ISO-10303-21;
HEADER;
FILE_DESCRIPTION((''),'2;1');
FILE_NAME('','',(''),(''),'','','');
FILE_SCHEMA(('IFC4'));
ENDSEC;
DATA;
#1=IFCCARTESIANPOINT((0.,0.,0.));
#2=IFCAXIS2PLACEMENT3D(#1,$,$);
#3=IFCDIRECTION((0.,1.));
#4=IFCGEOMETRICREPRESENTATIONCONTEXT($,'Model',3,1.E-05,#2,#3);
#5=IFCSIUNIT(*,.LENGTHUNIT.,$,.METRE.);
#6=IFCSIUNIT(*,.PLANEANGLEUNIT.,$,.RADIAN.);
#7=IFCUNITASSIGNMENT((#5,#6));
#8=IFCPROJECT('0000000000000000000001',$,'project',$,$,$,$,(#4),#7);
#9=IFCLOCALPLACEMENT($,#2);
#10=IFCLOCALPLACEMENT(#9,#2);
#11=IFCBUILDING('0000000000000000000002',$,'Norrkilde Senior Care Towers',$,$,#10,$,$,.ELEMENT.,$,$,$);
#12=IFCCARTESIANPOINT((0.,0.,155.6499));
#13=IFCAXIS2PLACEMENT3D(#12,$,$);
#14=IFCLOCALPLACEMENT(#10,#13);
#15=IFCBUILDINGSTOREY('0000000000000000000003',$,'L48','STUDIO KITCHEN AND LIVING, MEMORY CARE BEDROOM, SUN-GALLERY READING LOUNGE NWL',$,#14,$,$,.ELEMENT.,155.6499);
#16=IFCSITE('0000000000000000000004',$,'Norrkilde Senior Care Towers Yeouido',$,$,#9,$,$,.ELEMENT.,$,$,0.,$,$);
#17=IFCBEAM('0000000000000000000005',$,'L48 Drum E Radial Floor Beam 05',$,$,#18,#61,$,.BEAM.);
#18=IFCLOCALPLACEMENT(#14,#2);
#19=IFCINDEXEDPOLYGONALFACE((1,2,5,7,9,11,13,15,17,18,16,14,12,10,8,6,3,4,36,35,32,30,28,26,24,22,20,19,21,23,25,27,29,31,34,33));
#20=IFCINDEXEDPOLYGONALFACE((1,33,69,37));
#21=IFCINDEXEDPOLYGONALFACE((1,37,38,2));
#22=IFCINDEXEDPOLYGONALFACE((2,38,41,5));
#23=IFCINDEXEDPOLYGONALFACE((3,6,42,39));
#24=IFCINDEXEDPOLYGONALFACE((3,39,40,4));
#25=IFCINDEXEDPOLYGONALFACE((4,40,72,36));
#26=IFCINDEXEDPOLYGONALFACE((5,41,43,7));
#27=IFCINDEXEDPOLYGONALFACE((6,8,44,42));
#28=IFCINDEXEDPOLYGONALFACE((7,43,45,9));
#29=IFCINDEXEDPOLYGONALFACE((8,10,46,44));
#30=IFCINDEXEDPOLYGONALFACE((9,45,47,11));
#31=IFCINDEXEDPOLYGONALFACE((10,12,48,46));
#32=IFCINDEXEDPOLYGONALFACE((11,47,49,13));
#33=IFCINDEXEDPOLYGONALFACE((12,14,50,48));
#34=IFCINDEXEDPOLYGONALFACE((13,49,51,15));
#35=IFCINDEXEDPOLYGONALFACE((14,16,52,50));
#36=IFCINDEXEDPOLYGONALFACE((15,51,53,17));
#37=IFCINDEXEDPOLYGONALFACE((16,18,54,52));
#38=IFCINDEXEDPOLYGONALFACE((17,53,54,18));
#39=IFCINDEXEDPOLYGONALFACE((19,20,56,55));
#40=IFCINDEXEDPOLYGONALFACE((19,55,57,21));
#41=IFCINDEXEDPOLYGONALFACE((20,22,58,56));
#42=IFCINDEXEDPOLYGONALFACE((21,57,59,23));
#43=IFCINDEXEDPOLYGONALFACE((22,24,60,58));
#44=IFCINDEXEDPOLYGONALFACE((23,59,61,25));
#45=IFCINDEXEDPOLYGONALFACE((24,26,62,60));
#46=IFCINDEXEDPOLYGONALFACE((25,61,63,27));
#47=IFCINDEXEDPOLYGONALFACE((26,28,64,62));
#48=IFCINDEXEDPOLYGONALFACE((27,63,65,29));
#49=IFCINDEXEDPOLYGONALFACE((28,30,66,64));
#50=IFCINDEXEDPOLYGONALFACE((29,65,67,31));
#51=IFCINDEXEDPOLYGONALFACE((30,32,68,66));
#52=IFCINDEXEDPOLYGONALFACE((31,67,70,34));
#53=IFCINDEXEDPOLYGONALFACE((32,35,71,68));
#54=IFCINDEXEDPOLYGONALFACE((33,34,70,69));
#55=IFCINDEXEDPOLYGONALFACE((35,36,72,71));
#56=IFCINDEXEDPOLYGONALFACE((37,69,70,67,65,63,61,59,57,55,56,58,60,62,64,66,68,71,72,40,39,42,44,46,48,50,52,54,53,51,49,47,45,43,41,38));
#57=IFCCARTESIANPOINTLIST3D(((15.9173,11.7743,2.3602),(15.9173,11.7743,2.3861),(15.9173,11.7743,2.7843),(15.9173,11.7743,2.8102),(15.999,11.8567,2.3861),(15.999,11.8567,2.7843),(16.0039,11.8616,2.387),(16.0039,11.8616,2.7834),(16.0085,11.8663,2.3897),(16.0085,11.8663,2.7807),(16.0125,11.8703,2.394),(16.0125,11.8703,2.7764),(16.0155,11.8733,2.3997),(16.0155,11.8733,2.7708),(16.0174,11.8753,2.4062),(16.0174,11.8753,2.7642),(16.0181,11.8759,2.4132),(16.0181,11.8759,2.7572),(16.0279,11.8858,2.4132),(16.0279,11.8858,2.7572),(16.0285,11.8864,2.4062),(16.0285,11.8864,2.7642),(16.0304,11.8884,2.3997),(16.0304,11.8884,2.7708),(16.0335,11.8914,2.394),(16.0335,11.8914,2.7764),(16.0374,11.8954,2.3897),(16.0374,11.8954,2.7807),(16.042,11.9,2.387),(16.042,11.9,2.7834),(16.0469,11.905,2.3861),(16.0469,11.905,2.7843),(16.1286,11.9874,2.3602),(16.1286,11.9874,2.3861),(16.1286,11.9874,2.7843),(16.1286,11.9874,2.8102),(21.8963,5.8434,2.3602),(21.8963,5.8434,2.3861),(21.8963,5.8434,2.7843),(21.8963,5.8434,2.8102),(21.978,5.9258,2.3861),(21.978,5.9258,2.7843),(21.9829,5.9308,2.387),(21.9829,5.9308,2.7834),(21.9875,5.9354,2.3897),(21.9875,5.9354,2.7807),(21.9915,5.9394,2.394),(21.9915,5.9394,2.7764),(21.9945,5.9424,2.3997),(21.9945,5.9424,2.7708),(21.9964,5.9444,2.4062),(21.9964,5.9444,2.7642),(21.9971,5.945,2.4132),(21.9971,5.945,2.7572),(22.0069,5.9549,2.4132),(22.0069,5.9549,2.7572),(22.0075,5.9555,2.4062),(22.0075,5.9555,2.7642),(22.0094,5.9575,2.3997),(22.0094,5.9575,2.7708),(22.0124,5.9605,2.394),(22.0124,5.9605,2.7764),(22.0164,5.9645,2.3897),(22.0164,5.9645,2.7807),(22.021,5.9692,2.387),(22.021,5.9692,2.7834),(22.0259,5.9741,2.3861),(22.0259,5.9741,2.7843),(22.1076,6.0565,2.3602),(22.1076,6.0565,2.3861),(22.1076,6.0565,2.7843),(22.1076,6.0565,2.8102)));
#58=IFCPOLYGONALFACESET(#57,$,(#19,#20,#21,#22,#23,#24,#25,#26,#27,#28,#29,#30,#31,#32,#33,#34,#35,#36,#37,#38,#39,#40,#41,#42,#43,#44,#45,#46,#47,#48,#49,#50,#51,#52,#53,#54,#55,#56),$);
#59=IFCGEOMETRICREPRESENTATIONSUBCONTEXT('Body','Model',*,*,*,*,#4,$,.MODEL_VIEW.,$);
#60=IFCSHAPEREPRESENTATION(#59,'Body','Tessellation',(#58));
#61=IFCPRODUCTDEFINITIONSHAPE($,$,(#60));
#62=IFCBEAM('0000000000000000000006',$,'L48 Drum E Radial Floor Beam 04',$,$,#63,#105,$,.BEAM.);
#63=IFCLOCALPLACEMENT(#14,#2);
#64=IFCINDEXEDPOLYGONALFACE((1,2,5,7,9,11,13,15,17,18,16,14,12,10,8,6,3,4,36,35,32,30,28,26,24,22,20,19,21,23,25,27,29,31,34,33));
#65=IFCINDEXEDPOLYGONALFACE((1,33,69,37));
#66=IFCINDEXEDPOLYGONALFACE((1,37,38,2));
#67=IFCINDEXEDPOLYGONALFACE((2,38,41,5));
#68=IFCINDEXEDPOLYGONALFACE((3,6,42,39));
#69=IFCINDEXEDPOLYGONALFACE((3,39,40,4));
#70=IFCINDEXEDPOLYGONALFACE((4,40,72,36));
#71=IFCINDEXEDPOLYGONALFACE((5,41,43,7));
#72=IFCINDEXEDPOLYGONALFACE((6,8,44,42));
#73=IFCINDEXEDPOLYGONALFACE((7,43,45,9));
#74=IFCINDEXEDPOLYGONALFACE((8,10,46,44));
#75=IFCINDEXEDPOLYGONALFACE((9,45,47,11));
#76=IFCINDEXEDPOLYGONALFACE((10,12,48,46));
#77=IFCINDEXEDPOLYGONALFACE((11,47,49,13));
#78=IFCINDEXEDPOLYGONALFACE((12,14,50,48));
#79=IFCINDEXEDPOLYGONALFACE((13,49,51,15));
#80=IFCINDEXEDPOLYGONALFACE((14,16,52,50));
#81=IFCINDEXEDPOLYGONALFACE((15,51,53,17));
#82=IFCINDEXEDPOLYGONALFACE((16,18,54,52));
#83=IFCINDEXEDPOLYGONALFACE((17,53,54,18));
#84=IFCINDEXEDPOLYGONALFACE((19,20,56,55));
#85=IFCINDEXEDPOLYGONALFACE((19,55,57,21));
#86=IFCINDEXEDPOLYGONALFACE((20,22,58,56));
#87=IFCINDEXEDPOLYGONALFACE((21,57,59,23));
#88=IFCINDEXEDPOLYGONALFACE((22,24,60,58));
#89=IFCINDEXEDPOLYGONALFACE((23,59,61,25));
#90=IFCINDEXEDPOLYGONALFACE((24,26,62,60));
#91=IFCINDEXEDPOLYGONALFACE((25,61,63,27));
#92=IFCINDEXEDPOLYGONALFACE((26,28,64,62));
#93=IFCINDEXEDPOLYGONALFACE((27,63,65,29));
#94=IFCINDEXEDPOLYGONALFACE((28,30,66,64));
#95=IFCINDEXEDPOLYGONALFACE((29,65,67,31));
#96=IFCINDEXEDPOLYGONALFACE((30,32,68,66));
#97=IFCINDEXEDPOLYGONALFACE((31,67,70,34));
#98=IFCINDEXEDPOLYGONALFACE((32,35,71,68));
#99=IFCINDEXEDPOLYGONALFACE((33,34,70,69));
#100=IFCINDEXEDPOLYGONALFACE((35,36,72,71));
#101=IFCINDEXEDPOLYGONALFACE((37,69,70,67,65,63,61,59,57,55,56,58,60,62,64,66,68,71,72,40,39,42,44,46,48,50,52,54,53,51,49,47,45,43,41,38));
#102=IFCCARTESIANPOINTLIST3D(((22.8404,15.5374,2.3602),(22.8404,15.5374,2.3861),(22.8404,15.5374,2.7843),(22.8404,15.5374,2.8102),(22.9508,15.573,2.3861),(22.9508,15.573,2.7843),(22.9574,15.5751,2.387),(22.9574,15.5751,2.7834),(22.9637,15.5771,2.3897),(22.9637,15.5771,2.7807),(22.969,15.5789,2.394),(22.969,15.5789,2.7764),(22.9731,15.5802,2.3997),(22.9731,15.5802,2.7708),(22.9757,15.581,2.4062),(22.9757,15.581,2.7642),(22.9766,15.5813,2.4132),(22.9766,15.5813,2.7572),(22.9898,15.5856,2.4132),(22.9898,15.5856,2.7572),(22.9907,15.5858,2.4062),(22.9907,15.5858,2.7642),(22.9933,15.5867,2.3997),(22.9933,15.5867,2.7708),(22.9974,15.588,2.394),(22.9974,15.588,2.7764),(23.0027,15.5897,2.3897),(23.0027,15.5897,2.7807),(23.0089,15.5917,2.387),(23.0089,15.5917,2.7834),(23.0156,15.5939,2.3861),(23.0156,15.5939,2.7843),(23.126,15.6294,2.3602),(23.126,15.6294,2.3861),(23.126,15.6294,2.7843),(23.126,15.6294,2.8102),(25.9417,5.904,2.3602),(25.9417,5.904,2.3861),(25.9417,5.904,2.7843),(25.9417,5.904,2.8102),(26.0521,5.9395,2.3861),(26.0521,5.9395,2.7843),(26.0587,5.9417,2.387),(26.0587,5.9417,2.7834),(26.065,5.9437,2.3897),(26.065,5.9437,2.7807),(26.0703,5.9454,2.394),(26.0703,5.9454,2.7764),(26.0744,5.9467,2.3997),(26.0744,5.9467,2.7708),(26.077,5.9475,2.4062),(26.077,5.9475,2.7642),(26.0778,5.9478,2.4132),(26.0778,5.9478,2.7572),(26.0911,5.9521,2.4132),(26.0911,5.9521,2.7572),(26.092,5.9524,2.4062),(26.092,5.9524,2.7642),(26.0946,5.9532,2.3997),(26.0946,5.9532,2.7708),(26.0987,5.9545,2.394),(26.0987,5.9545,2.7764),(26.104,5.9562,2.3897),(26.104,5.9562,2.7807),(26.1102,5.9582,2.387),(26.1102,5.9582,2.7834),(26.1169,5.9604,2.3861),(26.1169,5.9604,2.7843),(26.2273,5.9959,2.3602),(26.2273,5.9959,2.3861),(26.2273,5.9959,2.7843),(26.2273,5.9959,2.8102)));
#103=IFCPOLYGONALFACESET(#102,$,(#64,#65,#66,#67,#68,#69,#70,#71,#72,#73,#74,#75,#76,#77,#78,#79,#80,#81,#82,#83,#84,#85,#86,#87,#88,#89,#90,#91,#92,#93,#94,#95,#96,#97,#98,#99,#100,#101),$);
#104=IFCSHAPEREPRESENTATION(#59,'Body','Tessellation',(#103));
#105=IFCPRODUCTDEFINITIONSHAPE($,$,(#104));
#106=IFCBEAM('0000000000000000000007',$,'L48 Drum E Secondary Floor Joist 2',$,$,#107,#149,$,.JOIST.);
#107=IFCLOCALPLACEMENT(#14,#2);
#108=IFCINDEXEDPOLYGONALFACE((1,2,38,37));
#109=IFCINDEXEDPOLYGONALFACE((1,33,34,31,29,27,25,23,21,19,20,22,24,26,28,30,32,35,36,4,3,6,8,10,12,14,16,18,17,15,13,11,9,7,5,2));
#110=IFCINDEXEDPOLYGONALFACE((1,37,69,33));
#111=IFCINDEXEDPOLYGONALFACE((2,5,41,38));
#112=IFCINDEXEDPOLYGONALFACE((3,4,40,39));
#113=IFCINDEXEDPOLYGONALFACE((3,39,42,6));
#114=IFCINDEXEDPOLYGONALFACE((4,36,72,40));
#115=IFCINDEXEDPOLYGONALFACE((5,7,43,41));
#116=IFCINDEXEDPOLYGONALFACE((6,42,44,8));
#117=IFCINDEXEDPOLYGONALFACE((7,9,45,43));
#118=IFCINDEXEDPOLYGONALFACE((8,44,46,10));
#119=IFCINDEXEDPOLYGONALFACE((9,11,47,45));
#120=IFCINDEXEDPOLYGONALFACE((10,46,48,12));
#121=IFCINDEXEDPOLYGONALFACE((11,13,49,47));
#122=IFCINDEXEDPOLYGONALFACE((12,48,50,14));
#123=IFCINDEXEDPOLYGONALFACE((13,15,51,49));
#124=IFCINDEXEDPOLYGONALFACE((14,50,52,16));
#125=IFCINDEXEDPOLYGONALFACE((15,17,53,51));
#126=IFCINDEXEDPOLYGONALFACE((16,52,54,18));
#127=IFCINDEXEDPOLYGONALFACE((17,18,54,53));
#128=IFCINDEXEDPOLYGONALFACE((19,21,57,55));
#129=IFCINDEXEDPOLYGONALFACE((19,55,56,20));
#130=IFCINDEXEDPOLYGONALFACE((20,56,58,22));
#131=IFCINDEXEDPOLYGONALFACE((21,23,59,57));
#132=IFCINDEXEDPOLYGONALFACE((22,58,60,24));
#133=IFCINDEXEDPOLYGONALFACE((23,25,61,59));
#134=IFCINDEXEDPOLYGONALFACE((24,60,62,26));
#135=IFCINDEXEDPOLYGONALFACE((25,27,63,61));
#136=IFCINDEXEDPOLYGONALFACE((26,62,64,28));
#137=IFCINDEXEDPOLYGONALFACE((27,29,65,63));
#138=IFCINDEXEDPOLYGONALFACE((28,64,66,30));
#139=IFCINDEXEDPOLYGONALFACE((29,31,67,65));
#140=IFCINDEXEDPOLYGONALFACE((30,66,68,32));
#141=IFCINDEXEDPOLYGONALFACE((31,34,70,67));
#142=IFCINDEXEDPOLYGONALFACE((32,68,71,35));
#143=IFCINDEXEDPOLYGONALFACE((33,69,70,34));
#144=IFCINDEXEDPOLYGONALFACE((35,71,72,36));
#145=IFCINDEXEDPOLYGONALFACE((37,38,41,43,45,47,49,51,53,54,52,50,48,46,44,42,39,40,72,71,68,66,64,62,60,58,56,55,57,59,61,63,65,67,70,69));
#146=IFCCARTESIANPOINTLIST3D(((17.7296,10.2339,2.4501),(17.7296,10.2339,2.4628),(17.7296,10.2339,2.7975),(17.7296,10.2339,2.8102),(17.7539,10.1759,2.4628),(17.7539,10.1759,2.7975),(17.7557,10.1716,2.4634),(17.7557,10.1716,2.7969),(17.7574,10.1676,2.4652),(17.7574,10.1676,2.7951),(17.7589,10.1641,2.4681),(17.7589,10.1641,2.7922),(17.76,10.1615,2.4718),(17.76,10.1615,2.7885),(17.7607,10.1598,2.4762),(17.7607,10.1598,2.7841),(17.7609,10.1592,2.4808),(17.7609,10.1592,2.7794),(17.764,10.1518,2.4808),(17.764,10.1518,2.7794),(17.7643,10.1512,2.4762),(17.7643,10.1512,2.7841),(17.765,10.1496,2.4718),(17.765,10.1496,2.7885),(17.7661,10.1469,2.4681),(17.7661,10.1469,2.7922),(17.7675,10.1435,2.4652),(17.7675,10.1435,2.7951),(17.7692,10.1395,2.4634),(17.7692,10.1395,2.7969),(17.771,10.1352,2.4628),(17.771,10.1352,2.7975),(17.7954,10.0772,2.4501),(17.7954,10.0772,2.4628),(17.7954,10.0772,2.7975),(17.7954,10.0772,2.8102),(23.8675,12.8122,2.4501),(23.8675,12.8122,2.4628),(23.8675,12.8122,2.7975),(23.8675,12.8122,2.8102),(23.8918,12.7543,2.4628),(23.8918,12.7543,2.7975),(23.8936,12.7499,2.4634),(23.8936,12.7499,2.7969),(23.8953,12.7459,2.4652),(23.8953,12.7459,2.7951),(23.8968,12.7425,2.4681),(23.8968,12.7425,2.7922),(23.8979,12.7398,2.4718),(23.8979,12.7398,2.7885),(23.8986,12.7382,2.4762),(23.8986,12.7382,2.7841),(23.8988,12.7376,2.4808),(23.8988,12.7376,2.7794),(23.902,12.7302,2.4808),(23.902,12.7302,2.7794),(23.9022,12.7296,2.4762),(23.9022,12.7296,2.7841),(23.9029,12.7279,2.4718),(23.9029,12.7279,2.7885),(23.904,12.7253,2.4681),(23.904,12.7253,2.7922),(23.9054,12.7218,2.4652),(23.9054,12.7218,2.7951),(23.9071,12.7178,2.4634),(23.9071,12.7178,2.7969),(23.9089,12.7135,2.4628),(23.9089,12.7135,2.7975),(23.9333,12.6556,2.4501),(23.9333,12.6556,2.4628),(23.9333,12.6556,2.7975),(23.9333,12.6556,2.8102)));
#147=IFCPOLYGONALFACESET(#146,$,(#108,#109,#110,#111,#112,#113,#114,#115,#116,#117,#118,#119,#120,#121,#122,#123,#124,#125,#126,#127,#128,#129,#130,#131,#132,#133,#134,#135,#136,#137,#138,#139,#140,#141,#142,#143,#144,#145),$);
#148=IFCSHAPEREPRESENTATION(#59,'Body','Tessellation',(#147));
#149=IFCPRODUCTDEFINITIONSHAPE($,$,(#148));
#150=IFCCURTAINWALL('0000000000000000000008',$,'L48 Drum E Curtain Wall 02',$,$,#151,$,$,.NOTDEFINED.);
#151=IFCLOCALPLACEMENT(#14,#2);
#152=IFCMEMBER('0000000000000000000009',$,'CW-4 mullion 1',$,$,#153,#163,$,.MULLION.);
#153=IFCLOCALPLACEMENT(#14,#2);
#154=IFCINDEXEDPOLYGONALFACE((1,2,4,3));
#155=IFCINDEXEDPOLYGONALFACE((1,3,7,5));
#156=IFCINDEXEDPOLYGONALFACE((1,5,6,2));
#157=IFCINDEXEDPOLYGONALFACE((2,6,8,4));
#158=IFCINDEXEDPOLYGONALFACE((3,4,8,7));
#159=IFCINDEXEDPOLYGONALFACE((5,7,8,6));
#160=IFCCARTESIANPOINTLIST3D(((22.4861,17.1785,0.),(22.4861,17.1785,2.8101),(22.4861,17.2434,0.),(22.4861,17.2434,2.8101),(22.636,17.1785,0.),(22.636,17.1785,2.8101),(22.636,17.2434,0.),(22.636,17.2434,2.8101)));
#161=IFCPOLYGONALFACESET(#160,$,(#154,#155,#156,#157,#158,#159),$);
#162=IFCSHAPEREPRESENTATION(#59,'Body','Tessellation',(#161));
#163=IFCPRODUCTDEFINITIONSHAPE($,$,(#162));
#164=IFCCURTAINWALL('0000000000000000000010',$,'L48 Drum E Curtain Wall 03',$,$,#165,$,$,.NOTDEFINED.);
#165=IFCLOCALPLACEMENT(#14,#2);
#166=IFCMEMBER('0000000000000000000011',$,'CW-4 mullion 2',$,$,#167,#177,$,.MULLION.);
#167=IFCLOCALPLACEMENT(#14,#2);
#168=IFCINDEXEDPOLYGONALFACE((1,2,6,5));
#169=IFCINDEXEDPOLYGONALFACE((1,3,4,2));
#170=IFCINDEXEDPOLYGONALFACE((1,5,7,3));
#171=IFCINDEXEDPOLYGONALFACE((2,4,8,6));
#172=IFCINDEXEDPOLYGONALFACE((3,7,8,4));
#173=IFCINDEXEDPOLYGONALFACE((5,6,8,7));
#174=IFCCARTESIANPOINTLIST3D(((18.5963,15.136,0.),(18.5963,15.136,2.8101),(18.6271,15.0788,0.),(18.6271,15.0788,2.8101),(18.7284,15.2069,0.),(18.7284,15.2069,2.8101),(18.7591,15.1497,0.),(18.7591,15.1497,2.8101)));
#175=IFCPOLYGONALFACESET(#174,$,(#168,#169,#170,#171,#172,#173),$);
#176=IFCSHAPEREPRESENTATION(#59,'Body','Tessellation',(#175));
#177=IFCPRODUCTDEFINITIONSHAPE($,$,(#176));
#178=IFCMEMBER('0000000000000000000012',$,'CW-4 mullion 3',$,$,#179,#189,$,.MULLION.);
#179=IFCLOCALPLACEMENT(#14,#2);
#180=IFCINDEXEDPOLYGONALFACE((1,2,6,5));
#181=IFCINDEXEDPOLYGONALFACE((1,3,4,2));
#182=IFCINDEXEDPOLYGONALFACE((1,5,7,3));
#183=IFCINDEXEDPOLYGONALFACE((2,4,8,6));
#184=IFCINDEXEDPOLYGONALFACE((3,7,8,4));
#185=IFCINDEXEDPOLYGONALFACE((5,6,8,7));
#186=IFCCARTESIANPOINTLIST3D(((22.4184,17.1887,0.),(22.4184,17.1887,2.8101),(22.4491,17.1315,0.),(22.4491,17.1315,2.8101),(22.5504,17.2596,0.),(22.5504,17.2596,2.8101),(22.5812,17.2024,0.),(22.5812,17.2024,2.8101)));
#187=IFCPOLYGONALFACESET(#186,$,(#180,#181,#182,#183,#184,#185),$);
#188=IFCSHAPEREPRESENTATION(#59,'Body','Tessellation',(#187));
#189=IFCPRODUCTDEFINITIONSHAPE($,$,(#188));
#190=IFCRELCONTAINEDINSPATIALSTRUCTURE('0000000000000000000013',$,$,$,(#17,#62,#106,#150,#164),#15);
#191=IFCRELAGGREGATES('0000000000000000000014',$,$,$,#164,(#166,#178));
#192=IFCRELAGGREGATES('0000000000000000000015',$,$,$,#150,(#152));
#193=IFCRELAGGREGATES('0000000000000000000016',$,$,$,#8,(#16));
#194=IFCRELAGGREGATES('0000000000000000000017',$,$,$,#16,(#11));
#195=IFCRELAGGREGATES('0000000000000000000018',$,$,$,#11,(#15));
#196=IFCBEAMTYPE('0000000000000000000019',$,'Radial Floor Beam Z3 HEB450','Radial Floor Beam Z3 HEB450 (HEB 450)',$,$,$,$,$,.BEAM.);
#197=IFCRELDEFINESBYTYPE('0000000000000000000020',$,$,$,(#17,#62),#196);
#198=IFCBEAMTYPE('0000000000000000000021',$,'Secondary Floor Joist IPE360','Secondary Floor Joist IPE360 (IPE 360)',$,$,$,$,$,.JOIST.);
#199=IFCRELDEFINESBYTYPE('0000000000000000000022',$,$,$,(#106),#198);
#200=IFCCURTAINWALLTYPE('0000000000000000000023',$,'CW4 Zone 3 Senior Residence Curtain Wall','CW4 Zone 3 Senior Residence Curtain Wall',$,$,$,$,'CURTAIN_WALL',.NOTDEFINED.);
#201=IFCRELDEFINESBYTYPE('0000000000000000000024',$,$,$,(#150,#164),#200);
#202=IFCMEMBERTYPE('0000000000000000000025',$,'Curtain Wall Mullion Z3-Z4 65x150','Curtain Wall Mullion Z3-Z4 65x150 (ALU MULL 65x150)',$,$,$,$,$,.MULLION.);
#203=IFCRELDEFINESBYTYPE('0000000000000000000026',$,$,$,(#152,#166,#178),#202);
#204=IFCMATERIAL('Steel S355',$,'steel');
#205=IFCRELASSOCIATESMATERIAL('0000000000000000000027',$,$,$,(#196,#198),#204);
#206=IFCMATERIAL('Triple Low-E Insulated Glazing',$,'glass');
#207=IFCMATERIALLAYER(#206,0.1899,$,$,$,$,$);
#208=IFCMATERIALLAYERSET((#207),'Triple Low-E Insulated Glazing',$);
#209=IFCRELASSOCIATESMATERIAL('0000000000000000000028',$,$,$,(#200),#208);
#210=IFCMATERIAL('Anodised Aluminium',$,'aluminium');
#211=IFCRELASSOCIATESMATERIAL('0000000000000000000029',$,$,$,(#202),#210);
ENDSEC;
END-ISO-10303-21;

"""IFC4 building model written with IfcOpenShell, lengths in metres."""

from ifc_helpers import new_model, si_unit, direction, frame, origin, origin_2d, place, context, subcontext, project, spatial, rectangle, i_section, extrude, source, transform, mapped, material, layer, layer_set, material_profile, profile_set, type_object, type_shapes, element, aggregate, save


model = new_model("IFC4")

# Units and contexts
model_context = context("Model", 3, precision=1e-05, world=origin(), true_north=direction((0.0, 1.0)))
body_context = subcontext(model_context, "Body", "Model", "MODEL_VIEW")
ifc_project = project(units=[si_unit("LENGTHUNIT", "METRE"), si_unit("PLANEANGLEUNIT", "RADIAN")], contexts=[model_context])

# Site, building, storey
site_placement = place(None, origin())
site = spatial("IfcSite", under=ifc_project, at=site_placement, Name="Norrkilde Senior Care Towers Yeouido", CompositionType="ELEMENT", RefElevation=0.0)
building_placement = place(site_placement, origin())
building = spatial("IfcBuilding", under=site, at=building_placement, Name="Norrkilde Senior Care Towers", CompositionType="ELEMENT")
storey_placement = place(building_placement, frame((0.0, 0.0, 155.6499)))
storey = spatial("IfcBuildingStorey", under=building, at=storey_placement, Name="L48", Description="STUDIO KITCHEN AND LIVING, MEMORY CARE BEDROOM, SUN-GALLERY READING LOUNGE NWL", CompositionType="ELEMENT", Elevation=155.6499)

# Beams
ifc_material_1 = material(Name="Steel S355", Category="steel")
ifc_material_profile_1 = material_profile(ifc_material_1, i_section(OverallWidth=0.3, OverallDepth=0.45, WebThickness=0.0139, FlangeThickness=0.0259, FilletRadius=0.0271, at=origin_2d()), Name="HEB 450")
ifc_profile_set_1 = profile_set([ifc_material_profile_1], Name="Steel S355")
beam_type_1 = type_object("IfcBeamType", Name="Radial Floor Beam Z3 HEB450", Description="Radial Floor Beam Z3 HEB450 (HEB 450)", PredefinedType="BEAM", material=ifc_profile_set_1)
shared_shape_1 = source(origin(), body_context, "Body", "SweptSolid", [
    extrude(i_section(OverallWidth=0.3, OverallDepth=0.45, WebThickness=0.0139, FlangeThickness=0.0259, FilletRadius=0.0271, at=origin_2d()), origin(), (0.0, 0.0, 1.0), 8.4216),
])
beam_1_placement = place(storey_placement, frame((22.002, 5.95, 2.5852), z_axis=(-0.709956, 0.704246, 0.0), x_axis=(-0.704246, -0.709956, 0.0)))
element("IfcBeam", 1, at=beam_1_placement, inside=storey, type_object=beam_type_1, Name="L48 Drum E Radial Floor Beam 05", PredefinedType="BEAM", context=body_context, shape_type="MappedRepresentation", body=[
    mapped(shared_shape_1, transform((0.0, 0.0, 0.0), x_axis=(1.0, 0.0, 0.0), y_axis=(0.0, 1.0, 0.0), z_axis=(0.0, 0.0, 1.0), scale=1.0)),
])
shared_shape_2 = source(origin(), body_context, "Body", "SweptSolid", [
    extrude(i_section(OverallWidth=0.3, OverallDepth=0.45, WebThickness=0.0139, FlangeThickness=0.0259, FilletRadius=0.0271, at=origin_2d()), origin(), (0.0, 0.0, 1.0), 10.1204),
])
beam_2_placement = place(storey_placement, frame((26.0845, 5.95, 2.5852), z_axis=(-0.306441, 0.95189, 0.0), x_axis=(-0.95189, -0.306441, 0.0)))
element("IfcBeam", 2, at=beam_2_placement, inside=storey, type_object=beam_type_1, Name="L48 Drum E Radial Floor Beam 04", PredefinedType="BEAM", context=body_context, shape_type="MappedRepresentation", body=[
    mapped(shared_shape_2, transform((0.0, 0.0, 0.0), x_axis=(1.0, 0.0, 0.0), y_axis=(0.0, 1.0, 0.0), z_axis=(0.0, 0.0, 1.0), scale=1.0)),
])
ifc_material_profile_2 = material_profile(ifc_material_1, i_section(OverallWidth=0.1699, OverallDepth=0.3601, WebThickness=0.0081, FlangeThickness=0.0127, FilletRadius=0.0181, at=origin_2d()), Name="IPE 360")
ifc_profile_set_2 = profile_set([ifc_material_profile_2], Name="Steel S355")
beam_type_2 = type_object("IfcBeamType", Name="Secondary Floor Joist IPE360", Description="Secondary Floor Joist IPE360 (IPE 360)", PredefinedType="JOIST", material=ifc_profile_set_2)
shared_shape_3 = source(origin(), body_context, "Body", "SweptSolid", [
    extrude(i_section(OverallWidth=0.1699, OverallDepth=0.3601, WebThickness=0.0081, FlangeThickness=0.0127, FilletRadius=0.0181, at=origin_2d()), origin(), (0.0, 0.0, 1.0), 6.6575),
])
type_shapes(beam_type_2, [shared_shape_3])
beam_3_placement = place(storey_placement, frame((23.9004, 12.7339, 2.6301), z_axis=(-0.921959, -0.387288, 0.0), x_axis=(0.387288, -0.921959, 0.0)))
element("IfcBeam", 3, at=beam_3_placement, inside=storey, type_object=beam_type_2, Name="L48 Drum E Secondary Floor Joist 2", PredefinedType="JOIST", context=body_context, shape_type="MappedRepresentation", body=[
    mapped(shared_shape_3, transform((0.0, 0.0, 0.0), x_axis=(1.0, 0.0, 0.0), y_axis=(0.0, 1.0, 0.0), z_axis=(0.0, 0.0, 1.0), scale=1.0)),
])

# Curtain wall, member
ifc_material_2 = material(Name="Triple Low-E Insulated Glazing", Category="glass")
ifc_layer_1 = layer(ifc_material_2, 0.1899)
ifc_layer_set_1 = layer_set([ifc_layer_1], Name="Triple Low-E Insulated Glazing")
curtain_wall_type = type_object("IfcCurtainWallType", Name="CW4 Zone 3 Senior Residence Curtain Wall", Description="CW4 Zone 3 Senior Residence Curtain Wall", ElementType="CURTAIN_WALL", PredefinedType="NOTDEFINED", material=ifc_layer_set_1)
curtain_wall_1_placement = place(storey_placement, origin())
curtain_wall_1 = element("IfcCurtainWall", 4, at=curtain_wall_1_placement, inside=storey, type_object=curtain_wall_type, Name="L48 Drum E Curtain Wall 02", PredefinedType="NOTDEFINED")
ifc_material_3 = material(Name="Anodised Aluminium", Category="aluminium")
ifc_material_profile_3 = material_profile(ifc_material_3, rectangle(XDim=0.0649, YDim=0.1499, at=origin_2d()), Name="ALU MULL 65x150")
ifc_profile_set_3 = profile_set([ifc_material_profile_3], Name="Anodised Aluminium")
member_type_1 = type_object("IfcMemberType", Name="Curtain Wall Mullion Z3-Z4 65x150", Description="Curtain Wall Mullion Z3-Z4 65x150 (ALU MULL 65x150)", PredefinedType="MULLION", material=ifc_profile_set_3)
shared_shape_4 = source(origin(), body_context, "Body", "SweptSolid", [
    extrude(rectangle(XDim=0.0649, YDim=0.1499, at=origin_2d()), origin(), (0.0, 0.0, 1.0), 2.8101),
])
type_shapes(member_type_1, [shared_shape_4])
member_1_placement = place(storey_placement, frame((22.561, 17.2109, 0.0), z_axis=(0.0, 0.0, 1.0), x_axis=(0.0, 1.0, 0.0)))
member_1 = element("IfcMember", 5, at=member_1_placement, type_object=member_type_1, Name="CW-4 mullion 1", PredefinedType="MULLION", context=body_context, shape_type="MappedRepresentation", body=[
    mapped(shared_shape_4, transform((0.0, 0.0, 0.0), x_axis=(1.0, 0.0, 0.0), y_axis=(0.0, 1.0, 0.0), z_axis=(0.0, 0.0, 1.0), scale=1.0)),
])

# Curtain wall, members
curtain_wall_2_placement = place(storey_placement, origin())
curtain_wall_2 = element("IfcCurtainWall", 6, at=curtain_wall_2_placement, inside=storey, type_object=curtain_wall_type, Name="L48 Drum E Curtain Wall 03", PredefinedType="NOTDEFINED")
member_2_placement = place(storey_placement, frame((18.6777, 15.1428, 0.0), z_axis=(0.0, 0.0, 1.0), x_axis=(-0.473117, 0.881, 0.0)))
member_2 = element("IfcMember", 7, at=member_2_placement, type_object=member_type_1, Name="CW-4 mullion 2", PredefinedType="MULLION", context=body_context, shape_type="MappedRepresentation", body=[
    mapped(shared_shape_4, transform((0.0, 0.0, 0.0), x_axis=(1.0, 0.0, 0.0), y_axis=(0.0, 1.0, 0.0), z_axis=(0.0, 0.0, 1.0), scale=1.0)),
])
member_3_placement = place(storey_placement, frame((22.4998, 17.1956, 0.0), z_axis=(0.0, 0.0, 1.0), x_axis=(-0.473117, 0.881, 0.0)))
member_3 = element("IfcMember", 8, at=member_3_placement, type_object=member_type_1, Name="CW-4 mullion 3", PredefinedType="MULLION", context=body_context, shape_type="MappedRepresentation", body=[
    mapped(shared_shape_4, transform((0.0, 0.0, 0.0), x_axis=(1.0, 0.0, 0.0), y_axis=(0.0, 1.0, 0.0), z_axis=(0.0, 0.0, 1.0), scale=1.0)),
])

aggregate(curtain_wall_2, [member_2, member_3])
aggregate(curtain_wall_1, [member_1])

save(model, "model.ifc")
